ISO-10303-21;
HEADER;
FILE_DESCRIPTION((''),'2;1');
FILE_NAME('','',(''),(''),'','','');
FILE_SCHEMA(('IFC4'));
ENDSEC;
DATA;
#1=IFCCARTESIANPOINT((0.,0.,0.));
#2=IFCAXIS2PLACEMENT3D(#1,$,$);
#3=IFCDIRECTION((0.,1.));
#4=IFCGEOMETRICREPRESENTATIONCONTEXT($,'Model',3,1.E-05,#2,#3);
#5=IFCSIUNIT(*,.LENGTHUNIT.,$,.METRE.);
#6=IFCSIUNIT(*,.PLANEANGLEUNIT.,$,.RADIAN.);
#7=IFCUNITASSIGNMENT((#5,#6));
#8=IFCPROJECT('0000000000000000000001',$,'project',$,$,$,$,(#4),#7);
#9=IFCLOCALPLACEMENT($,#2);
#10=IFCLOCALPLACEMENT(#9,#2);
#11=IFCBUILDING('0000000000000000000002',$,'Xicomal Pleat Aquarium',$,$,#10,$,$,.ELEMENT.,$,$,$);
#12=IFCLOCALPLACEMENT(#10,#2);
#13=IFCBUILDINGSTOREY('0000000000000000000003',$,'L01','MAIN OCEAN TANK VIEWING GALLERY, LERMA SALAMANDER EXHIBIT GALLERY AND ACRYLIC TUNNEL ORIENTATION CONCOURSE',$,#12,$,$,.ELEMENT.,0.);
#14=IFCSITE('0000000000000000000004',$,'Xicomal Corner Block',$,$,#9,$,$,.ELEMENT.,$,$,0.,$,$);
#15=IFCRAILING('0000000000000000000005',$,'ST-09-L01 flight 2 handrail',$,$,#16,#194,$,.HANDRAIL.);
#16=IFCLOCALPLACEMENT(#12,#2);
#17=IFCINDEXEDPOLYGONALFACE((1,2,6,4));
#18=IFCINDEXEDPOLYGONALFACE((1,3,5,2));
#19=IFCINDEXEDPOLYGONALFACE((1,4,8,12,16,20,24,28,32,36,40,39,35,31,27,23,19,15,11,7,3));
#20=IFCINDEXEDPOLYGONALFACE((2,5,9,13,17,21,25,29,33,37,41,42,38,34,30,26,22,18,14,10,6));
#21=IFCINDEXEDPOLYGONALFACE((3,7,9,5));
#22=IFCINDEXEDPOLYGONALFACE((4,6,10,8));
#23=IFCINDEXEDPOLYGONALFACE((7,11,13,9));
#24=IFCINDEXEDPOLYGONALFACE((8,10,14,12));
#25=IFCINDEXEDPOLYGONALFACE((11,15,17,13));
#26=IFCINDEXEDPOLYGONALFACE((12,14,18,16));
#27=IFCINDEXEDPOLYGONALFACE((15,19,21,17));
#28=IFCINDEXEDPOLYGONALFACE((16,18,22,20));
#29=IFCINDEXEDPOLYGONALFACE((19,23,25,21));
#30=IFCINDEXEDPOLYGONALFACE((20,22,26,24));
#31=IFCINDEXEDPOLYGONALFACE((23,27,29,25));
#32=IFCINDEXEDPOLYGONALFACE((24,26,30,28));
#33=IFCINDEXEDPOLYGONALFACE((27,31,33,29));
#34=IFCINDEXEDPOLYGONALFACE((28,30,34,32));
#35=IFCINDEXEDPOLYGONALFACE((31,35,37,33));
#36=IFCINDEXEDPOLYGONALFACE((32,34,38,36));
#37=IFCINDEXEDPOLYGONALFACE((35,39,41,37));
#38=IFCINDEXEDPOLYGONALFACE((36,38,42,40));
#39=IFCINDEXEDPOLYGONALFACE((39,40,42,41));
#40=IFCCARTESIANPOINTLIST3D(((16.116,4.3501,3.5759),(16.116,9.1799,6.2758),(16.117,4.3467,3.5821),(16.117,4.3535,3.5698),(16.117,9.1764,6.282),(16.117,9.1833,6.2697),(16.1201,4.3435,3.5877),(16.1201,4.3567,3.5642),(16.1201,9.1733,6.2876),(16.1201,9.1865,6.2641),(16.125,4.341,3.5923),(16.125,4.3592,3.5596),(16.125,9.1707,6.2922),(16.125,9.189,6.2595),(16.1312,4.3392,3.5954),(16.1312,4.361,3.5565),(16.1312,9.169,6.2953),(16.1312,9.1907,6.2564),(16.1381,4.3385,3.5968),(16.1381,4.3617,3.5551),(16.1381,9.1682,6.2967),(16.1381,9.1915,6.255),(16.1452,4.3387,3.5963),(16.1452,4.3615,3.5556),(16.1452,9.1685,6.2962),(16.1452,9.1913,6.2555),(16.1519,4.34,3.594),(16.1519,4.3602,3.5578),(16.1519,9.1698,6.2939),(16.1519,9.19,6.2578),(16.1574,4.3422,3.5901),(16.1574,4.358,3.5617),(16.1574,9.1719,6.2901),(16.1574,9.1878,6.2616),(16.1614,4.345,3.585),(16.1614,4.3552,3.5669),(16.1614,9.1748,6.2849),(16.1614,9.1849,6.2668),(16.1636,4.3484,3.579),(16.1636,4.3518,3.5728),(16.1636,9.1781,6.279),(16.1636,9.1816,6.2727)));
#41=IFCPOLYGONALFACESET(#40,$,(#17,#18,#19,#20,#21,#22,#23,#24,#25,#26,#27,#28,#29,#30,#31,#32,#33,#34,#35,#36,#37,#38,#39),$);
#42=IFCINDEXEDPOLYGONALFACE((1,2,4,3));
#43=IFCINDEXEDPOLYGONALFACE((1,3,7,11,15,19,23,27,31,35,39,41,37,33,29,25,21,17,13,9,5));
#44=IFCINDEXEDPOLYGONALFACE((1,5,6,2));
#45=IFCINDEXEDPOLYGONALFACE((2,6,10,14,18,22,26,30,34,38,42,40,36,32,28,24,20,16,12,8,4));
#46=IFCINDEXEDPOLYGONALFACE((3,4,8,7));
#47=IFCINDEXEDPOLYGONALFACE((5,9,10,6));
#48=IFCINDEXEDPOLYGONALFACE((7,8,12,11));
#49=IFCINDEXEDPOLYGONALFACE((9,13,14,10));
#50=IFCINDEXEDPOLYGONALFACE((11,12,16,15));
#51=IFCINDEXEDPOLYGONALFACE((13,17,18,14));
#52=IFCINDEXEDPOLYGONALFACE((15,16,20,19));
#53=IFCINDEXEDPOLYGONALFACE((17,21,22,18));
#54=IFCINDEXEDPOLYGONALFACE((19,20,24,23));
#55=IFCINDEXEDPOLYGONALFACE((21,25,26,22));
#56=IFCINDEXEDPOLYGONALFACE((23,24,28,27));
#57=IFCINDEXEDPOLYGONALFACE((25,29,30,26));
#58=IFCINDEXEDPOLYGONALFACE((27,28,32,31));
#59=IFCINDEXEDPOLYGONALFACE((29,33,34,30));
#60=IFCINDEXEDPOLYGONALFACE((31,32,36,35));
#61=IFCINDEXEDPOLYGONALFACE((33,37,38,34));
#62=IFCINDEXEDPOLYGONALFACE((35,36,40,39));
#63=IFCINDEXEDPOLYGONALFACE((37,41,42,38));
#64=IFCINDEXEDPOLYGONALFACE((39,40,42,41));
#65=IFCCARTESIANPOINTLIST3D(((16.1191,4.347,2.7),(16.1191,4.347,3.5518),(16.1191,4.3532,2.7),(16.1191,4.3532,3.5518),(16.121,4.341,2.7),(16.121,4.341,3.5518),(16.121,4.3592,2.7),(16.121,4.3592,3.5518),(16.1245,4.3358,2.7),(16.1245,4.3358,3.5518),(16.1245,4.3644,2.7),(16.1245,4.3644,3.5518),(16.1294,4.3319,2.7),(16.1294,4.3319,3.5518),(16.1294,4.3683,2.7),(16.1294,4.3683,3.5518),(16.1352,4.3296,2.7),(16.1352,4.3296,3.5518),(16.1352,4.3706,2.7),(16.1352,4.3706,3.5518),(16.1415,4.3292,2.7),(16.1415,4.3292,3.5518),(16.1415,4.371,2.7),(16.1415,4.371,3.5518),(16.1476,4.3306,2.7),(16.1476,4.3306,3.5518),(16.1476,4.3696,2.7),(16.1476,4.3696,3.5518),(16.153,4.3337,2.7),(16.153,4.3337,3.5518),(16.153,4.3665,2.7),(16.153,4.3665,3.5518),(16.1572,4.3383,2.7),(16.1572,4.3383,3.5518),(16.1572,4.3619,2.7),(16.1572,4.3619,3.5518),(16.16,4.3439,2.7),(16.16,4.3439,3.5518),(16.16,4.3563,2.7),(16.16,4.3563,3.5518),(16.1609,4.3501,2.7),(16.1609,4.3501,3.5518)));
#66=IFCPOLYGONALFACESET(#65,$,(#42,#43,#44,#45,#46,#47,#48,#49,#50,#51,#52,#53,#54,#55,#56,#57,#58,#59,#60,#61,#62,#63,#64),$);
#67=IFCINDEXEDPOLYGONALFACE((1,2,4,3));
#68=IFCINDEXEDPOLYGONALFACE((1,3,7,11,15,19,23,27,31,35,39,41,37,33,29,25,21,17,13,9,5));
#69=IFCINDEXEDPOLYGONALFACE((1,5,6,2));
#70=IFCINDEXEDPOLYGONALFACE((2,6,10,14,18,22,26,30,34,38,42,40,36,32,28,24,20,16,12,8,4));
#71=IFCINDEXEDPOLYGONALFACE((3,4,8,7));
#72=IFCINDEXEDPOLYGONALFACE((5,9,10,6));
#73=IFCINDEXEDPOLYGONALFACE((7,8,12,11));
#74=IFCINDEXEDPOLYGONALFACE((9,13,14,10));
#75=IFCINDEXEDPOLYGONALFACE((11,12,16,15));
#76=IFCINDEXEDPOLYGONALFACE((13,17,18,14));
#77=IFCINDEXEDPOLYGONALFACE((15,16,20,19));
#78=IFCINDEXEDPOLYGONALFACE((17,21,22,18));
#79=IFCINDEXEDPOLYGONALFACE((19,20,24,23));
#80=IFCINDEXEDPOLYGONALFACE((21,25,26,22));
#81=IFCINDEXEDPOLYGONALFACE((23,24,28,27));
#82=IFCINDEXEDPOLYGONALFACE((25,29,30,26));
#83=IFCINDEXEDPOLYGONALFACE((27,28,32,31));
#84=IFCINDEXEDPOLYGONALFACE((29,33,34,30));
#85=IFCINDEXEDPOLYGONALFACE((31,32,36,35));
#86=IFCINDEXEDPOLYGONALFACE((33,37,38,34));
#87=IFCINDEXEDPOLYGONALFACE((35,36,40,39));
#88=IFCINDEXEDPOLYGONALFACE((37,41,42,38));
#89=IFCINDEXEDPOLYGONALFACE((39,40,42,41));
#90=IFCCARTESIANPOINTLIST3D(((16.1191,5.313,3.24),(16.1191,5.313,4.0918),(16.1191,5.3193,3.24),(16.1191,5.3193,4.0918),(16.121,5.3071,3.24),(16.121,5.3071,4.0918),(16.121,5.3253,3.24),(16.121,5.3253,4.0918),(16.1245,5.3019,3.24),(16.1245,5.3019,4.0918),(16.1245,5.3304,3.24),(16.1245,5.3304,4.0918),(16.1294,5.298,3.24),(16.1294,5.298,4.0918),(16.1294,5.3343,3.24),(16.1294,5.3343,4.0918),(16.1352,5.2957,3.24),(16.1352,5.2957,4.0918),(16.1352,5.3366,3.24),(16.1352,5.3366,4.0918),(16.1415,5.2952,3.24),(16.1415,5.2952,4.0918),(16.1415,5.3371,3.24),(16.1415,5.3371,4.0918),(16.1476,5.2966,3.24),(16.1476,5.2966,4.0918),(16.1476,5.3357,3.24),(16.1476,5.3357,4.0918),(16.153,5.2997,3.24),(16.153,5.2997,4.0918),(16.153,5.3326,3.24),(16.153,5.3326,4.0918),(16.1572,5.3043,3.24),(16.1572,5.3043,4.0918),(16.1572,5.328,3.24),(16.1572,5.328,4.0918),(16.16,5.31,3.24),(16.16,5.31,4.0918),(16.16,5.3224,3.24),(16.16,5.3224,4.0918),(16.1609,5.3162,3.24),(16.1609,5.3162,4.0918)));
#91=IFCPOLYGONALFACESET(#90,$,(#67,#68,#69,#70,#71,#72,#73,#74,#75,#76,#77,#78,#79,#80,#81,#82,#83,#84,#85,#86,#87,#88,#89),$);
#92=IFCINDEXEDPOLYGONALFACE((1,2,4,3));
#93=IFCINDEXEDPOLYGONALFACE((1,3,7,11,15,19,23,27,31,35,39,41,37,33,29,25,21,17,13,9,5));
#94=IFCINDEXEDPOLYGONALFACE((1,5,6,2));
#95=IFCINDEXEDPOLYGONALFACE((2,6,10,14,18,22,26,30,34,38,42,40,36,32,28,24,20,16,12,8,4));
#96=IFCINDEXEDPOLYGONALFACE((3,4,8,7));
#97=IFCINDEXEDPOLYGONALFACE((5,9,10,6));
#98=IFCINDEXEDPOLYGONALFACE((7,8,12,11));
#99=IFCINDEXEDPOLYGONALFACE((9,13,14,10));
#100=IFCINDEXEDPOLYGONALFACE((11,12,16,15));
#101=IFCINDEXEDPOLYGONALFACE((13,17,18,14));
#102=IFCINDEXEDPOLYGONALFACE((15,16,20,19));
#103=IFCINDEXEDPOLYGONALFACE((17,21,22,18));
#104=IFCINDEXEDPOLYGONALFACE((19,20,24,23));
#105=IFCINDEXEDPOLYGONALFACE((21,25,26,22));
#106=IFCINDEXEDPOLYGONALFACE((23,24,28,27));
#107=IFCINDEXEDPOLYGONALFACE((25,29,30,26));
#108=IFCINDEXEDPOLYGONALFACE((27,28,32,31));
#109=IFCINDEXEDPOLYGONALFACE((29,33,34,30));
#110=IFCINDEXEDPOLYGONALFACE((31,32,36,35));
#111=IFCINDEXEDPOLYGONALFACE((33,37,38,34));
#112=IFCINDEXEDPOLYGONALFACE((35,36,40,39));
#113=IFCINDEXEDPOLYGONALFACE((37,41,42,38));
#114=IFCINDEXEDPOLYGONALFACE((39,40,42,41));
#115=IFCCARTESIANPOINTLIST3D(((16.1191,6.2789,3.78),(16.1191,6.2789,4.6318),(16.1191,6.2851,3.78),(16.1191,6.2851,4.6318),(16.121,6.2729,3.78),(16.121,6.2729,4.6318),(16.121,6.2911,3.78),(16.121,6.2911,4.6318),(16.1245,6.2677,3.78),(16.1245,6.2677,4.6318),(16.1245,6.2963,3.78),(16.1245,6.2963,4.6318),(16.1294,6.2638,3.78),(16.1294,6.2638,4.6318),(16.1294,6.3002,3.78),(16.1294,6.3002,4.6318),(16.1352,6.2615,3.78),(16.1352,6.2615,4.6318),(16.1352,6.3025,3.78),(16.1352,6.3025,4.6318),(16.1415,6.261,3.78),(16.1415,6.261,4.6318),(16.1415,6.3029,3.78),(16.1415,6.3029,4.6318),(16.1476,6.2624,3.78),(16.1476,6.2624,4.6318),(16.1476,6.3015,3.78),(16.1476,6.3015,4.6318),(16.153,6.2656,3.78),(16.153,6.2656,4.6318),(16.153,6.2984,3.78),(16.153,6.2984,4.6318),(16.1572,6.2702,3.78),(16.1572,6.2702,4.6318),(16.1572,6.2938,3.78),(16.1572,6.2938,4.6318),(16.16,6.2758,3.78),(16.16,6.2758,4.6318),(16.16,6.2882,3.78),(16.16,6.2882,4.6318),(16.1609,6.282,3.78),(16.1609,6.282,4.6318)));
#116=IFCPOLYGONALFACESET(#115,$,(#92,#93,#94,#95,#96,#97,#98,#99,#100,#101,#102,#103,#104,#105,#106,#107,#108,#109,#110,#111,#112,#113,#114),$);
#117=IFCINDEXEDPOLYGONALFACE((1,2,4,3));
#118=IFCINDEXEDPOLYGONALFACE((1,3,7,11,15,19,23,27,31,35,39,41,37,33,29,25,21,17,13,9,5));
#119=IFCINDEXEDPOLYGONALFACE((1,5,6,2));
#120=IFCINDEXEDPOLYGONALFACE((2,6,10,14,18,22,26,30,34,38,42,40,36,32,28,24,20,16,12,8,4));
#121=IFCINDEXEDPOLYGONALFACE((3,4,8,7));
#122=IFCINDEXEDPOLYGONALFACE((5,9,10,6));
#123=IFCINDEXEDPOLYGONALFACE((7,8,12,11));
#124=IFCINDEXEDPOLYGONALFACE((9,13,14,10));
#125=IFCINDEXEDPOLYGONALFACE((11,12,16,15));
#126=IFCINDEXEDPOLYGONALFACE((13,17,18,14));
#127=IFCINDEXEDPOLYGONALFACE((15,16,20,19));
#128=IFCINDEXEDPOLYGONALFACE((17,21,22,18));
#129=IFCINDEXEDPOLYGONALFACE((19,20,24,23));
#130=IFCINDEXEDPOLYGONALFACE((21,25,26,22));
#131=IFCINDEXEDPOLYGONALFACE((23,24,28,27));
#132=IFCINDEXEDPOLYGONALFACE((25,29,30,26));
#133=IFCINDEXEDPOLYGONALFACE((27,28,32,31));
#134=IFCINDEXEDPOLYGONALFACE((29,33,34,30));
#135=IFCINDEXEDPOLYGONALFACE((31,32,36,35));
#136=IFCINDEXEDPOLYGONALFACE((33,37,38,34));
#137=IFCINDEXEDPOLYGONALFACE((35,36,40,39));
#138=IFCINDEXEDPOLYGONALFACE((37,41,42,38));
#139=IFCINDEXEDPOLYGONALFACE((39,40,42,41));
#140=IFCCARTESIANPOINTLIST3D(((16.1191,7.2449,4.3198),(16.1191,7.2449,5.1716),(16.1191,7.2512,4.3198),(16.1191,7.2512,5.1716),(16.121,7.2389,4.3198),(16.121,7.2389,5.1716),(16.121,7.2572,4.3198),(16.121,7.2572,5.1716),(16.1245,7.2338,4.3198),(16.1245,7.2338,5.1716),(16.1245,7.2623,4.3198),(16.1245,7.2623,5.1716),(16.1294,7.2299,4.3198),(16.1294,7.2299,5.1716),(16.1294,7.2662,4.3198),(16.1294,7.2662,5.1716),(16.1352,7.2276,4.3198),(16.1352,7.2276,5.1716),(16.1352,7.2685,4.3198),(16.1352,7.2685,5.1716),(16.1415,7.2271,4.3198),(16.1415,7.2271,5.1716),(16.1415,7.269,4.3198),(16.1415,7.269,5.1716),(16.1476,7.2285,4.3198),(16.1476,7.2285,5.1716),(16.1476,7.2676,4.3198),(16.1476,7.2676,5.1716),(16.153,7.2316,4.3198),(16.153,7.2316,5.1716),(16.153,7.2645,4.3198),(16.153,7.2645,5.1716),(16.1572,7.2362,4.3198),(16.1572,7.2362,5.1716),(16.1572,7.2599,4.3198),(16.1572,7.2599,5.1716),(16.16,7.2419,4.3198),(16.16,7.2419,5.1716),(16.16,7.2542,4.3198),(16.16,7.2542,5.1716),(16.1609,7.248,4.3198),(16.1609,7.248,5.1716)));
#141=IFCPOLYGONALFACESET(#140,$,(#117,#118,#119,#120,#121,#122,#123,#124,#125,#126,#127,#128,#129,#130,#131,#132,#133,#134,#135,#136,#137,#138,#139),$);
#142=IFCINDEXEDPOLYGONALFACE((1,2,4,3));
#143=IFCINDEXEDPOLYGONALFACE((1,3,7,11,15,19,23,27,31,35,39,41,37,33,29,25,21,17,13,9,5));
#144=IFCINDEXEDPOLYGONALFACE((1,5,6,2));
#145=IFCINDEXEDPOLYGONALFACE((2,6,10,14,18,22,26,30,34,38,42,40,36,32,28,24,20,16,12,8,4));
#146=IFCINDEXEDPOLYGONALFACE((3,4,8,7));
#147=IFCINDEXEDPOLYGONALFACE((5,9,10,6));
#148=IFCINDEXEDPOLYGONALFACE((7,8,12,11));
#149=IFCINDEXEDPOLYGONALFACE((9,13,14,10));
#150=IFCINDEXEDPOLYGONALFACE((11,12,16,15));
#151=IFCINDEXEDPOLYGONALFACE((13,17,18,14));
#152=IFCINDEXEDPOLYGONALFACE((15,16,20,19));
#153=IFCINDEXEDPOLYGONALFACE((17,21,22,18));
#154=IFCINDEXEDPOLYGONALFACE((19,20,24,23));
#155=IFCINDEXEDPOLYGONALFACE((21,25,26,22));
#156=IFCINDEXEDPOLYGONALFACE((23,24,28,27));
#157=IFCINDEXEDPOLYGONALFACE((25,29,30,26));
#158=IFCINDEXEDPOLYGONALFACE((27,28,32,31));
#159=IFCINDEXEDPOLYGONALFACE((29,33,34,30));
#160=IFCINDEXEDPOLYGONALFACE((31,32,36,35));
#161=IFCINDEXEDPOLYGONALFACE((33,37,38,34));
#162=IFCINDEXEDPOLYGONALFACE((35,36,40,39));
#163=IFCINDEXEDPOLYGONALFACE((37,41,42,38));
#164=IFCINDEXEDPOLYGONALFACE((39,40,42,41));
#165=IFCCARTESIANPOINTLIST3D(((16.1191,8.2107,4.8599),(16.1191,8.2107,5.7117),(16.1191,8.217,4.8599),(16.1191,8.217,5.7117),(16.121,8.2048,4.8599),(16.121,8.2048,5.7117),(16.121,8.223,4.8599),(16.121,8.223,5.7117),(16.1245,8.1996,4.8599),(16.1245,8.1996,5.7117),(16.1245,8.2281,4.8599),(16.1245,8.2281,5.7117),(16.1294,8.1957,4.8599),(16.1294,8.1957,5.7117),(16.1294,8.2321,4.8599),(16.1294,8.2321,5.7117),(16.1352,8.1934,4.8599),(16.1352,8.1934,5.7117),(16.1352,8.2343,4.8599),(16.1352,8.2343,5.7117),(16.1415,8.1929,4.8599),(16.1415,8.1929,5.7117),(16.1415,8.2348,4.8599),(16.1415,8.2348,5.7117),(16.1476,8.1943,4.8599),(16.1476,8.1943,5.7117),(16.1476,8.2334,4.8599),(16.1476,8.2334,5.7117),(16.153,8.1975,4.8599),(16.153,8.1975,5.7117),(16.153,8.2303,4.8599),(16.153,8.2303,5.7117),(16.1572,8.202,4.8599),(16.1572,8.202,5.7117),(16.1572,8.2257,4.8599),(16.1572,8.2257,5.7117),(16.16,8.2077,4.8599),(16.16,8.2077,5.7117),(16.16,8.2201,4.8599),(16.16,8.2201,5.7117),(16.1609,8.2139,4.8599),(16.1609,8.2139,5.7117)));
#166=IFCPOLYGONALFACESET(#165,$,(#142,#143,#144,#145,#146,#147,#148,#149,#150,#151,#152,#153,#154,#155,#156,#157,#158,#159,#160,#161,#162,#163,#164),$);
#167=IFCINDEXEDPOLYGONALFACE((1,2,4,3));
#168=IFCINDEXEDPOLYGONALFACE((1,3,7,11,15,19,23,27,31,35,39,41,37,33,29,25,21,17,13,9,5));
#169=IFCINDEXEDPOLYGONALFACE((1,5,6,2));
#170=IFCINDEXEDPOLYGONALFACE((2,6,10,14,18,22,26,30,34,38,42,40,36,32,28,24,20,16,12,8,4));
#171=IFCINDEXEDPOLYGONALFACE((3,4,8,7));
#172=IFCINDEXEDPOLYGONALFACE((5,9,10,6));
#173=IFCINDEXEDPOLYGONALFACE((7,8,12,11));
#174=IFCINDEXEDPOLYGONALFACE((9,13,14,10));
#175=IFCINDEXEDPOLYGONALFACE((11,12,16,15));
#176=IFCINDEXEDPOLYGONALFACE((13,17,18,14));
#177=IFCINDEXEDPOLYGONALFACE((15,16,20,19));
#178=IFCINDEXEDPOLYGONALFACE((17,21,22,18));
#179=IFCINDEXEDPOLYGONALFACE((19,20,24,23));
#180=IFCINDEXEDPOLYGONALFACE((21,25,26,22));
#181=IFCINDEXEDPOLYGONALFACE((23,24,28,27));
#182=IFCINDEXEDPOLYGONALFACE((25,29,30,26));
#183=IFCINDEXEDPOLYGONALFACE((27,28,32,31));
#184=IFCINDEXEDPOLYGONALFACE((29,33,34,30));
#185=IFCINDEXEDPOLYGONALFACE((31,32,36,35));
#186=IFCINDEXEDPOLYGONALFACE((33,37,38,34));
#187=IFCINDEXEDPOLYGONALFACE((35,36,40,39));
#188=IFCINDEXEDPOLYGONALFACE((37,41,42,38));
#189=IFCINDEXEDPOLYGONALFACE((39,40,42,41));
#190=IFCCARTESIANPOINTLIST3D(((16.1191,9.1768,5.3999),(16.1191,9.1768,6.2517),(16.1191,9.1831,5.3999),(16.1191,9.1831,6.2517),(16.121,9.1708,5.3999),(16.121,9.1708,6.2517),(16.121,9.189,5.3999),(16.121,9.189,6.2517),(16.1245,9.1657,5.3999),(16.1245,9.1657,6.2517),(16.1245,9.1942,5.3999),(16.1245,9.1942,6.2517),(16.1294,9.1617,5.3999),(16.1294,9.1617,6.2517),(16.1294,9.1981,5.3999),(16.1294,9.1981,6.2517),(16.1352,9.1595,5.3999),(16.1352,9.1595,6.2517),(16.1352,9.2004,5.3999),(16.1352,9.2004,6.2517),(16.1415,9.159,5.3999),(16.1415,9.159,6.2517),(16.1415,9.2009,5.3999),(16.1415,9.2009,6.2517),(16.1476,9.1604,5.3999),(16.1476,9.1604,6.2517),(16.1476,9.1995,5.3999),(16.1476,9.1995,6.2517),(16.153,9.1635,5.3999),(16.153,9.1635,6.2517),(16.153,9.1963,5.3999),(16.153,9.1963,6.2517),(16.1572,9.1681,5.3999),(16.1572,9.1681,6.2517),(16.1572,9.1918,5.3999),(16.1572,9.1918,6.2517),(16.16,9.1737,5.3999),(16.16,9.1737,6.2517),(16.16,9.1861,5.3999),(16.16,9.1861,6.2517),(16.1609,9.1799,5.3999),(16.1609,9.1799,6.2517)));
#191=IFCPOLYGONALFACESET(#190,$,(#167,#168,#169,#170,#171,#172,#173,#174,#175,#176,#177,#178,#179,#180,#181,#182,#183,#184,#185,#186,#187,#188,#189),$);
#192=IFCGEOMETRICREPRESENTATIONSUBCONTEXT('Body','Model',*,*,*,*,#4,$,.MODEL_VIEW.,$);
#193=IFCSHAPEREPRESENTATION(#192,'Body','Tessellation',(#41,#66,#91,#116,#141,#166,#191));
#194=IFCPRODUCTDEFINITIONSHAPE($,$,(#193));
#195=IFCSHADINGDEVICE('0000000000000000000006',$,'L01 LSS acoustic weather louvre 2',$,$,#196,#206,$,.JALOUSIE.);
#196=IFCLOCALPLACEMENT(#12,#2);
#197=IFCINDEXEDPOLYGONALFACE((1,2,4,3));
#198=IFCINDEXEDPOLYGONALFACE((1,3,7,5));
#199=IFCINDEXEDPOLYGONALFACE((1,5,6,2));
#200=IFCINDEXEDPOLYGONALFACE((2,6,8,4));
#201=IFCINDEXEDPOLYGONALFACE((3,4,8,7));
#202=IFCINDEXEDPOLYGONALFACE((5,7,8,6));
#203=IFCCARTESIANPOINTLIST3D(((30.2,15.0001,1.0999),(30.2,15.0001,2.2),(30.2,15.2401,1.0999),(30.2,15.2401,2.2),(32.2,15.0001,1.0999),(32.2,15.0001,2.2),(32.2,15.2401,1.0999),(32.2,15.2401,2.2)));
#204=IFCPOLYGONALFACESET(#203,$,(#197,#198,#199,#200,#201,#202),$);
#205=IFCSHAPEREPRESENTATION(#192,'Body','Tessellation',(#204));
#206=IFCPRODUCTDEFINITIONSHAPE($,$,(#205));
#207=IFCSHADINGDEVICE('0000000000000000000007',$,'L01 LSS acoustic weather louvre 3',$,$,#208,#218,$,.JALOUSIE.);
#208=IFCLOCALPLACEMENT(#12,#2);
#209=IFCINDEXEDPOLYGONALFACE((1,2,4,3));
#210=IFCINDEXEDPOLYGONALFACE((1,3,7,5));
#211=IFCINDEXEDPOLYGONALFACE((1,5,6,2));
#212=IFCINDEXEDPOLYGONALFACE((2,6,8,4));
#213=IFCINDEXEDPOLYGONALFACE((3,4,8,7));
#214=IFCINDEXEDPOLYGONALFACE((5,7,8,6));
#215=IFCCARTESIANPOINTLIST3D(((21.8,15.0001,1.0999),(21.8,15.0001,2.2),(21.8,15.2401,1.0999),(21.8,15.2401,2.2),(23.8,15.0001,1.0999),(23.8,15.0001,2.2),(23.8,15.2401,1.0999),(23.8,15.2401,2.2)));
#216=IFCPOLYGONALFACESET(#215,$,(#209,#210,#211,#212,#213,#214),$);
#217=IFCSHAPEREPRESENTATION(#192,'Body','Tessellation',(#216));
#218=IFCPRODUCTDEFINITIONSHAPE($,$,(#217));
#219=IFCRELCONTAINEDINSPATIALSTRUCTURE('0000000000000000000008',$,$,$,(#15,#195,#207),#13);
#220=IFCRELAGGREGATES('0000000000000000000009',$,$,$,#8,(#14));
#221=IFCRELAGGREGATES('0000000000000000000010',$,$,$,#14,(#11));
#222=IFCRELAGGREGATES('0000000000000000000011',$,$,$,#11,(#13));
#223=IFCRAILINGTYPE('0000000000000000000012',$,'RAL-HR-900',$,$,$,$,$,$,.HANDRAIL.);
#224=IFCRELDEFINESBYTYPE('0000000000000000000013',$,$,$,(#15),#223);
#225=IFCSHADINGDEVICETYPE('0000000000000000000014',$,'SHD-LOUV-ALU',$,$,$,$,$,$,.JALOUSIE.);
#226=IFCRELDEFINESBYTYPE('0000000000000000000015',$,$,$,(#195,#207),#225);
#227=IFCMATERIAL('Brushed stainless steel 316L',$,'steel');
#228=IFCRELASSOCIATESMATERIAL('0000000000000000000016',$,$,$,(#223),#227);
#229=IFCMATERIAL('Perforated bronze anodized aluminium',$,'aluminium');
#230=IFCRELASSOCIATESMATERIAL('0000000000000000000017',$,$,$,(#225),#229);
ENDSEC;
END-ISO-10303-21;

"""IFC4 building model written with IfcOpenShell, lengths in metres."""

from ifc_helpers import new_model, si_unit, direction, frame, origin, origin_2d, place, context, subcontext, project, spatial, rectangle, circle, extrude, material, type_object, element, save


model = new_model("IFC4")

# Units and contexts
model_context = context("Model", 3, precision=1e-05, world=origin(), true_north=direction((0.0, 1.0)))
body_context = subcontext(model_context, "Body", "Model", "MODEL_VIEW")
ifc_project = project(units=[si_unit("LENGTHUNIT", "METRE"), si_unit("PLANEANGLEUNIT", "RADIAN")], contexts=[model_context])

# Site, building, storey
site_placement = place(None, origin())
site = spatial("IfcSite", under=ifc_project, at=site_placement, Name="Xicomal Corner Block", CompositionType="ELEMENT", RefElevation=0.0)
building_placement = place(site_placement, origin())
building = spatial("IfcBuilding", under=site, at=building_placement, Name="Xicomal Pleat Aquarium", CompositionType="ELEMENT")
storey_placement = place(building_placement, origin())
storey = spatial("IfcBuildingStorey", under=building, at=storey_placement, Name="L01", Description="MAIN OCEAN TANK VIEWING GALLERY, LERMA SALAMANDER EXHIBIT GALLERY AND ACRYLIC TUNNEL ORIENTATION CONCOURSE", CompositionType="ELEMENT", Elevation=0.0)

# Railing
ifc_material_1 = material(Name="Brushed stainless steel 316L", Category="steel")
railing_type = type_object("IfcRailingType", Name="RAL-HR-900", PredefinedType="HANDRAIL", material=ifc_material_1)
railing_placement = place(storey_placement, frame((16.1399, 4.3501, 2.7)))
element("IfcRailing", 1, at=railing_placement, inside=storey, type_object=railing_type, Name="ST-09-L01 flight 2 handrail", PredefinedType="HANDRAIL", context=body_context, shape_type="SweptSolid", body=[
    extrude(circle(Radius=0.0239, at=origin_2d()), frame((0.0, 0.0, 0.876), z_axis=(0.0, 0.872872, 0.487949), x_axis=(-1.0, 0.0, 0.0)), (0.0, 0.0, 1.0), 5.5332),
    extrude(circle(Radius=0.021, at=origin_2d()), origin(), (0.0, 0.0, 1.0), 0.8518),
    extrude(circle(Radius=0.021, at=origin_2d()), frame((0.0, 0.9661, 0.54)), (0.0, 0.0, 1.0), 0.8518),
    extrude(circle(Radius=0.021, at=origin_2d()), frame((0.0, 1.9319, 1.0801)), (0.0, 0.0, 1.0), 0.8518),
    extrude(circle(Radius=0.021, at=origin_2d()), frame((0.0, 2.8979, 1.6199)), (0.0, 0.0, 1.0), 0.8518),
    extrude(circle(Radius=0.021, at=origin_2d()), frame((0.0, 3.8638, 2.1599)), (0.0, 0.0, 1.0), 0.8518),
    extrude(circle(Radius=0.021, at=origin_2d()), frame((0.0, 4.8298, 2.7)), (0.0, 0.0, 1.0), 0.8518),
])

# Shading devices
ifc_material_2 = material(Name="Perforated bronze anodized aluminium", Category="aluminium")
shading_device_type = type_object("IfcShadingDeviceType", Name="SHD-LOUV-ALU", PredefinedType="JALOUSIE", material=ifc_material_2)
for number, where, z_axis, x_axis, name in (
    (2, (31.2, 15.1201, 1.0999), (0.0, 0.0, 1.0), (-1.0, 0.0, 0.0), "L01 LSS acoustic weather louvre 2"),
    (3, (22.8, 15.1201, 1.0999), (0.0, 0.0, 1.0), (-1.0, 0.0, 0.0), "L01 LSS acoustic weather louvre 3"),
):
    element("IfcShadingDevice", number, at=place(storey_placement, frame(where, z_axis=z_axis, x_axis=x_axis)), inside=storey, type_object=shading_device_type, Name=name, PredefinedType="JALOUSIE", context=body_context, shape_type="SweptSolid", body=[
        extrude(rectangle(XDim=2.0, YDim=0.24, at=origin_2d()), origin(), (0.0, 0.0, 1.0), 1.1001),
    ])

save(model, "model.ifc")
